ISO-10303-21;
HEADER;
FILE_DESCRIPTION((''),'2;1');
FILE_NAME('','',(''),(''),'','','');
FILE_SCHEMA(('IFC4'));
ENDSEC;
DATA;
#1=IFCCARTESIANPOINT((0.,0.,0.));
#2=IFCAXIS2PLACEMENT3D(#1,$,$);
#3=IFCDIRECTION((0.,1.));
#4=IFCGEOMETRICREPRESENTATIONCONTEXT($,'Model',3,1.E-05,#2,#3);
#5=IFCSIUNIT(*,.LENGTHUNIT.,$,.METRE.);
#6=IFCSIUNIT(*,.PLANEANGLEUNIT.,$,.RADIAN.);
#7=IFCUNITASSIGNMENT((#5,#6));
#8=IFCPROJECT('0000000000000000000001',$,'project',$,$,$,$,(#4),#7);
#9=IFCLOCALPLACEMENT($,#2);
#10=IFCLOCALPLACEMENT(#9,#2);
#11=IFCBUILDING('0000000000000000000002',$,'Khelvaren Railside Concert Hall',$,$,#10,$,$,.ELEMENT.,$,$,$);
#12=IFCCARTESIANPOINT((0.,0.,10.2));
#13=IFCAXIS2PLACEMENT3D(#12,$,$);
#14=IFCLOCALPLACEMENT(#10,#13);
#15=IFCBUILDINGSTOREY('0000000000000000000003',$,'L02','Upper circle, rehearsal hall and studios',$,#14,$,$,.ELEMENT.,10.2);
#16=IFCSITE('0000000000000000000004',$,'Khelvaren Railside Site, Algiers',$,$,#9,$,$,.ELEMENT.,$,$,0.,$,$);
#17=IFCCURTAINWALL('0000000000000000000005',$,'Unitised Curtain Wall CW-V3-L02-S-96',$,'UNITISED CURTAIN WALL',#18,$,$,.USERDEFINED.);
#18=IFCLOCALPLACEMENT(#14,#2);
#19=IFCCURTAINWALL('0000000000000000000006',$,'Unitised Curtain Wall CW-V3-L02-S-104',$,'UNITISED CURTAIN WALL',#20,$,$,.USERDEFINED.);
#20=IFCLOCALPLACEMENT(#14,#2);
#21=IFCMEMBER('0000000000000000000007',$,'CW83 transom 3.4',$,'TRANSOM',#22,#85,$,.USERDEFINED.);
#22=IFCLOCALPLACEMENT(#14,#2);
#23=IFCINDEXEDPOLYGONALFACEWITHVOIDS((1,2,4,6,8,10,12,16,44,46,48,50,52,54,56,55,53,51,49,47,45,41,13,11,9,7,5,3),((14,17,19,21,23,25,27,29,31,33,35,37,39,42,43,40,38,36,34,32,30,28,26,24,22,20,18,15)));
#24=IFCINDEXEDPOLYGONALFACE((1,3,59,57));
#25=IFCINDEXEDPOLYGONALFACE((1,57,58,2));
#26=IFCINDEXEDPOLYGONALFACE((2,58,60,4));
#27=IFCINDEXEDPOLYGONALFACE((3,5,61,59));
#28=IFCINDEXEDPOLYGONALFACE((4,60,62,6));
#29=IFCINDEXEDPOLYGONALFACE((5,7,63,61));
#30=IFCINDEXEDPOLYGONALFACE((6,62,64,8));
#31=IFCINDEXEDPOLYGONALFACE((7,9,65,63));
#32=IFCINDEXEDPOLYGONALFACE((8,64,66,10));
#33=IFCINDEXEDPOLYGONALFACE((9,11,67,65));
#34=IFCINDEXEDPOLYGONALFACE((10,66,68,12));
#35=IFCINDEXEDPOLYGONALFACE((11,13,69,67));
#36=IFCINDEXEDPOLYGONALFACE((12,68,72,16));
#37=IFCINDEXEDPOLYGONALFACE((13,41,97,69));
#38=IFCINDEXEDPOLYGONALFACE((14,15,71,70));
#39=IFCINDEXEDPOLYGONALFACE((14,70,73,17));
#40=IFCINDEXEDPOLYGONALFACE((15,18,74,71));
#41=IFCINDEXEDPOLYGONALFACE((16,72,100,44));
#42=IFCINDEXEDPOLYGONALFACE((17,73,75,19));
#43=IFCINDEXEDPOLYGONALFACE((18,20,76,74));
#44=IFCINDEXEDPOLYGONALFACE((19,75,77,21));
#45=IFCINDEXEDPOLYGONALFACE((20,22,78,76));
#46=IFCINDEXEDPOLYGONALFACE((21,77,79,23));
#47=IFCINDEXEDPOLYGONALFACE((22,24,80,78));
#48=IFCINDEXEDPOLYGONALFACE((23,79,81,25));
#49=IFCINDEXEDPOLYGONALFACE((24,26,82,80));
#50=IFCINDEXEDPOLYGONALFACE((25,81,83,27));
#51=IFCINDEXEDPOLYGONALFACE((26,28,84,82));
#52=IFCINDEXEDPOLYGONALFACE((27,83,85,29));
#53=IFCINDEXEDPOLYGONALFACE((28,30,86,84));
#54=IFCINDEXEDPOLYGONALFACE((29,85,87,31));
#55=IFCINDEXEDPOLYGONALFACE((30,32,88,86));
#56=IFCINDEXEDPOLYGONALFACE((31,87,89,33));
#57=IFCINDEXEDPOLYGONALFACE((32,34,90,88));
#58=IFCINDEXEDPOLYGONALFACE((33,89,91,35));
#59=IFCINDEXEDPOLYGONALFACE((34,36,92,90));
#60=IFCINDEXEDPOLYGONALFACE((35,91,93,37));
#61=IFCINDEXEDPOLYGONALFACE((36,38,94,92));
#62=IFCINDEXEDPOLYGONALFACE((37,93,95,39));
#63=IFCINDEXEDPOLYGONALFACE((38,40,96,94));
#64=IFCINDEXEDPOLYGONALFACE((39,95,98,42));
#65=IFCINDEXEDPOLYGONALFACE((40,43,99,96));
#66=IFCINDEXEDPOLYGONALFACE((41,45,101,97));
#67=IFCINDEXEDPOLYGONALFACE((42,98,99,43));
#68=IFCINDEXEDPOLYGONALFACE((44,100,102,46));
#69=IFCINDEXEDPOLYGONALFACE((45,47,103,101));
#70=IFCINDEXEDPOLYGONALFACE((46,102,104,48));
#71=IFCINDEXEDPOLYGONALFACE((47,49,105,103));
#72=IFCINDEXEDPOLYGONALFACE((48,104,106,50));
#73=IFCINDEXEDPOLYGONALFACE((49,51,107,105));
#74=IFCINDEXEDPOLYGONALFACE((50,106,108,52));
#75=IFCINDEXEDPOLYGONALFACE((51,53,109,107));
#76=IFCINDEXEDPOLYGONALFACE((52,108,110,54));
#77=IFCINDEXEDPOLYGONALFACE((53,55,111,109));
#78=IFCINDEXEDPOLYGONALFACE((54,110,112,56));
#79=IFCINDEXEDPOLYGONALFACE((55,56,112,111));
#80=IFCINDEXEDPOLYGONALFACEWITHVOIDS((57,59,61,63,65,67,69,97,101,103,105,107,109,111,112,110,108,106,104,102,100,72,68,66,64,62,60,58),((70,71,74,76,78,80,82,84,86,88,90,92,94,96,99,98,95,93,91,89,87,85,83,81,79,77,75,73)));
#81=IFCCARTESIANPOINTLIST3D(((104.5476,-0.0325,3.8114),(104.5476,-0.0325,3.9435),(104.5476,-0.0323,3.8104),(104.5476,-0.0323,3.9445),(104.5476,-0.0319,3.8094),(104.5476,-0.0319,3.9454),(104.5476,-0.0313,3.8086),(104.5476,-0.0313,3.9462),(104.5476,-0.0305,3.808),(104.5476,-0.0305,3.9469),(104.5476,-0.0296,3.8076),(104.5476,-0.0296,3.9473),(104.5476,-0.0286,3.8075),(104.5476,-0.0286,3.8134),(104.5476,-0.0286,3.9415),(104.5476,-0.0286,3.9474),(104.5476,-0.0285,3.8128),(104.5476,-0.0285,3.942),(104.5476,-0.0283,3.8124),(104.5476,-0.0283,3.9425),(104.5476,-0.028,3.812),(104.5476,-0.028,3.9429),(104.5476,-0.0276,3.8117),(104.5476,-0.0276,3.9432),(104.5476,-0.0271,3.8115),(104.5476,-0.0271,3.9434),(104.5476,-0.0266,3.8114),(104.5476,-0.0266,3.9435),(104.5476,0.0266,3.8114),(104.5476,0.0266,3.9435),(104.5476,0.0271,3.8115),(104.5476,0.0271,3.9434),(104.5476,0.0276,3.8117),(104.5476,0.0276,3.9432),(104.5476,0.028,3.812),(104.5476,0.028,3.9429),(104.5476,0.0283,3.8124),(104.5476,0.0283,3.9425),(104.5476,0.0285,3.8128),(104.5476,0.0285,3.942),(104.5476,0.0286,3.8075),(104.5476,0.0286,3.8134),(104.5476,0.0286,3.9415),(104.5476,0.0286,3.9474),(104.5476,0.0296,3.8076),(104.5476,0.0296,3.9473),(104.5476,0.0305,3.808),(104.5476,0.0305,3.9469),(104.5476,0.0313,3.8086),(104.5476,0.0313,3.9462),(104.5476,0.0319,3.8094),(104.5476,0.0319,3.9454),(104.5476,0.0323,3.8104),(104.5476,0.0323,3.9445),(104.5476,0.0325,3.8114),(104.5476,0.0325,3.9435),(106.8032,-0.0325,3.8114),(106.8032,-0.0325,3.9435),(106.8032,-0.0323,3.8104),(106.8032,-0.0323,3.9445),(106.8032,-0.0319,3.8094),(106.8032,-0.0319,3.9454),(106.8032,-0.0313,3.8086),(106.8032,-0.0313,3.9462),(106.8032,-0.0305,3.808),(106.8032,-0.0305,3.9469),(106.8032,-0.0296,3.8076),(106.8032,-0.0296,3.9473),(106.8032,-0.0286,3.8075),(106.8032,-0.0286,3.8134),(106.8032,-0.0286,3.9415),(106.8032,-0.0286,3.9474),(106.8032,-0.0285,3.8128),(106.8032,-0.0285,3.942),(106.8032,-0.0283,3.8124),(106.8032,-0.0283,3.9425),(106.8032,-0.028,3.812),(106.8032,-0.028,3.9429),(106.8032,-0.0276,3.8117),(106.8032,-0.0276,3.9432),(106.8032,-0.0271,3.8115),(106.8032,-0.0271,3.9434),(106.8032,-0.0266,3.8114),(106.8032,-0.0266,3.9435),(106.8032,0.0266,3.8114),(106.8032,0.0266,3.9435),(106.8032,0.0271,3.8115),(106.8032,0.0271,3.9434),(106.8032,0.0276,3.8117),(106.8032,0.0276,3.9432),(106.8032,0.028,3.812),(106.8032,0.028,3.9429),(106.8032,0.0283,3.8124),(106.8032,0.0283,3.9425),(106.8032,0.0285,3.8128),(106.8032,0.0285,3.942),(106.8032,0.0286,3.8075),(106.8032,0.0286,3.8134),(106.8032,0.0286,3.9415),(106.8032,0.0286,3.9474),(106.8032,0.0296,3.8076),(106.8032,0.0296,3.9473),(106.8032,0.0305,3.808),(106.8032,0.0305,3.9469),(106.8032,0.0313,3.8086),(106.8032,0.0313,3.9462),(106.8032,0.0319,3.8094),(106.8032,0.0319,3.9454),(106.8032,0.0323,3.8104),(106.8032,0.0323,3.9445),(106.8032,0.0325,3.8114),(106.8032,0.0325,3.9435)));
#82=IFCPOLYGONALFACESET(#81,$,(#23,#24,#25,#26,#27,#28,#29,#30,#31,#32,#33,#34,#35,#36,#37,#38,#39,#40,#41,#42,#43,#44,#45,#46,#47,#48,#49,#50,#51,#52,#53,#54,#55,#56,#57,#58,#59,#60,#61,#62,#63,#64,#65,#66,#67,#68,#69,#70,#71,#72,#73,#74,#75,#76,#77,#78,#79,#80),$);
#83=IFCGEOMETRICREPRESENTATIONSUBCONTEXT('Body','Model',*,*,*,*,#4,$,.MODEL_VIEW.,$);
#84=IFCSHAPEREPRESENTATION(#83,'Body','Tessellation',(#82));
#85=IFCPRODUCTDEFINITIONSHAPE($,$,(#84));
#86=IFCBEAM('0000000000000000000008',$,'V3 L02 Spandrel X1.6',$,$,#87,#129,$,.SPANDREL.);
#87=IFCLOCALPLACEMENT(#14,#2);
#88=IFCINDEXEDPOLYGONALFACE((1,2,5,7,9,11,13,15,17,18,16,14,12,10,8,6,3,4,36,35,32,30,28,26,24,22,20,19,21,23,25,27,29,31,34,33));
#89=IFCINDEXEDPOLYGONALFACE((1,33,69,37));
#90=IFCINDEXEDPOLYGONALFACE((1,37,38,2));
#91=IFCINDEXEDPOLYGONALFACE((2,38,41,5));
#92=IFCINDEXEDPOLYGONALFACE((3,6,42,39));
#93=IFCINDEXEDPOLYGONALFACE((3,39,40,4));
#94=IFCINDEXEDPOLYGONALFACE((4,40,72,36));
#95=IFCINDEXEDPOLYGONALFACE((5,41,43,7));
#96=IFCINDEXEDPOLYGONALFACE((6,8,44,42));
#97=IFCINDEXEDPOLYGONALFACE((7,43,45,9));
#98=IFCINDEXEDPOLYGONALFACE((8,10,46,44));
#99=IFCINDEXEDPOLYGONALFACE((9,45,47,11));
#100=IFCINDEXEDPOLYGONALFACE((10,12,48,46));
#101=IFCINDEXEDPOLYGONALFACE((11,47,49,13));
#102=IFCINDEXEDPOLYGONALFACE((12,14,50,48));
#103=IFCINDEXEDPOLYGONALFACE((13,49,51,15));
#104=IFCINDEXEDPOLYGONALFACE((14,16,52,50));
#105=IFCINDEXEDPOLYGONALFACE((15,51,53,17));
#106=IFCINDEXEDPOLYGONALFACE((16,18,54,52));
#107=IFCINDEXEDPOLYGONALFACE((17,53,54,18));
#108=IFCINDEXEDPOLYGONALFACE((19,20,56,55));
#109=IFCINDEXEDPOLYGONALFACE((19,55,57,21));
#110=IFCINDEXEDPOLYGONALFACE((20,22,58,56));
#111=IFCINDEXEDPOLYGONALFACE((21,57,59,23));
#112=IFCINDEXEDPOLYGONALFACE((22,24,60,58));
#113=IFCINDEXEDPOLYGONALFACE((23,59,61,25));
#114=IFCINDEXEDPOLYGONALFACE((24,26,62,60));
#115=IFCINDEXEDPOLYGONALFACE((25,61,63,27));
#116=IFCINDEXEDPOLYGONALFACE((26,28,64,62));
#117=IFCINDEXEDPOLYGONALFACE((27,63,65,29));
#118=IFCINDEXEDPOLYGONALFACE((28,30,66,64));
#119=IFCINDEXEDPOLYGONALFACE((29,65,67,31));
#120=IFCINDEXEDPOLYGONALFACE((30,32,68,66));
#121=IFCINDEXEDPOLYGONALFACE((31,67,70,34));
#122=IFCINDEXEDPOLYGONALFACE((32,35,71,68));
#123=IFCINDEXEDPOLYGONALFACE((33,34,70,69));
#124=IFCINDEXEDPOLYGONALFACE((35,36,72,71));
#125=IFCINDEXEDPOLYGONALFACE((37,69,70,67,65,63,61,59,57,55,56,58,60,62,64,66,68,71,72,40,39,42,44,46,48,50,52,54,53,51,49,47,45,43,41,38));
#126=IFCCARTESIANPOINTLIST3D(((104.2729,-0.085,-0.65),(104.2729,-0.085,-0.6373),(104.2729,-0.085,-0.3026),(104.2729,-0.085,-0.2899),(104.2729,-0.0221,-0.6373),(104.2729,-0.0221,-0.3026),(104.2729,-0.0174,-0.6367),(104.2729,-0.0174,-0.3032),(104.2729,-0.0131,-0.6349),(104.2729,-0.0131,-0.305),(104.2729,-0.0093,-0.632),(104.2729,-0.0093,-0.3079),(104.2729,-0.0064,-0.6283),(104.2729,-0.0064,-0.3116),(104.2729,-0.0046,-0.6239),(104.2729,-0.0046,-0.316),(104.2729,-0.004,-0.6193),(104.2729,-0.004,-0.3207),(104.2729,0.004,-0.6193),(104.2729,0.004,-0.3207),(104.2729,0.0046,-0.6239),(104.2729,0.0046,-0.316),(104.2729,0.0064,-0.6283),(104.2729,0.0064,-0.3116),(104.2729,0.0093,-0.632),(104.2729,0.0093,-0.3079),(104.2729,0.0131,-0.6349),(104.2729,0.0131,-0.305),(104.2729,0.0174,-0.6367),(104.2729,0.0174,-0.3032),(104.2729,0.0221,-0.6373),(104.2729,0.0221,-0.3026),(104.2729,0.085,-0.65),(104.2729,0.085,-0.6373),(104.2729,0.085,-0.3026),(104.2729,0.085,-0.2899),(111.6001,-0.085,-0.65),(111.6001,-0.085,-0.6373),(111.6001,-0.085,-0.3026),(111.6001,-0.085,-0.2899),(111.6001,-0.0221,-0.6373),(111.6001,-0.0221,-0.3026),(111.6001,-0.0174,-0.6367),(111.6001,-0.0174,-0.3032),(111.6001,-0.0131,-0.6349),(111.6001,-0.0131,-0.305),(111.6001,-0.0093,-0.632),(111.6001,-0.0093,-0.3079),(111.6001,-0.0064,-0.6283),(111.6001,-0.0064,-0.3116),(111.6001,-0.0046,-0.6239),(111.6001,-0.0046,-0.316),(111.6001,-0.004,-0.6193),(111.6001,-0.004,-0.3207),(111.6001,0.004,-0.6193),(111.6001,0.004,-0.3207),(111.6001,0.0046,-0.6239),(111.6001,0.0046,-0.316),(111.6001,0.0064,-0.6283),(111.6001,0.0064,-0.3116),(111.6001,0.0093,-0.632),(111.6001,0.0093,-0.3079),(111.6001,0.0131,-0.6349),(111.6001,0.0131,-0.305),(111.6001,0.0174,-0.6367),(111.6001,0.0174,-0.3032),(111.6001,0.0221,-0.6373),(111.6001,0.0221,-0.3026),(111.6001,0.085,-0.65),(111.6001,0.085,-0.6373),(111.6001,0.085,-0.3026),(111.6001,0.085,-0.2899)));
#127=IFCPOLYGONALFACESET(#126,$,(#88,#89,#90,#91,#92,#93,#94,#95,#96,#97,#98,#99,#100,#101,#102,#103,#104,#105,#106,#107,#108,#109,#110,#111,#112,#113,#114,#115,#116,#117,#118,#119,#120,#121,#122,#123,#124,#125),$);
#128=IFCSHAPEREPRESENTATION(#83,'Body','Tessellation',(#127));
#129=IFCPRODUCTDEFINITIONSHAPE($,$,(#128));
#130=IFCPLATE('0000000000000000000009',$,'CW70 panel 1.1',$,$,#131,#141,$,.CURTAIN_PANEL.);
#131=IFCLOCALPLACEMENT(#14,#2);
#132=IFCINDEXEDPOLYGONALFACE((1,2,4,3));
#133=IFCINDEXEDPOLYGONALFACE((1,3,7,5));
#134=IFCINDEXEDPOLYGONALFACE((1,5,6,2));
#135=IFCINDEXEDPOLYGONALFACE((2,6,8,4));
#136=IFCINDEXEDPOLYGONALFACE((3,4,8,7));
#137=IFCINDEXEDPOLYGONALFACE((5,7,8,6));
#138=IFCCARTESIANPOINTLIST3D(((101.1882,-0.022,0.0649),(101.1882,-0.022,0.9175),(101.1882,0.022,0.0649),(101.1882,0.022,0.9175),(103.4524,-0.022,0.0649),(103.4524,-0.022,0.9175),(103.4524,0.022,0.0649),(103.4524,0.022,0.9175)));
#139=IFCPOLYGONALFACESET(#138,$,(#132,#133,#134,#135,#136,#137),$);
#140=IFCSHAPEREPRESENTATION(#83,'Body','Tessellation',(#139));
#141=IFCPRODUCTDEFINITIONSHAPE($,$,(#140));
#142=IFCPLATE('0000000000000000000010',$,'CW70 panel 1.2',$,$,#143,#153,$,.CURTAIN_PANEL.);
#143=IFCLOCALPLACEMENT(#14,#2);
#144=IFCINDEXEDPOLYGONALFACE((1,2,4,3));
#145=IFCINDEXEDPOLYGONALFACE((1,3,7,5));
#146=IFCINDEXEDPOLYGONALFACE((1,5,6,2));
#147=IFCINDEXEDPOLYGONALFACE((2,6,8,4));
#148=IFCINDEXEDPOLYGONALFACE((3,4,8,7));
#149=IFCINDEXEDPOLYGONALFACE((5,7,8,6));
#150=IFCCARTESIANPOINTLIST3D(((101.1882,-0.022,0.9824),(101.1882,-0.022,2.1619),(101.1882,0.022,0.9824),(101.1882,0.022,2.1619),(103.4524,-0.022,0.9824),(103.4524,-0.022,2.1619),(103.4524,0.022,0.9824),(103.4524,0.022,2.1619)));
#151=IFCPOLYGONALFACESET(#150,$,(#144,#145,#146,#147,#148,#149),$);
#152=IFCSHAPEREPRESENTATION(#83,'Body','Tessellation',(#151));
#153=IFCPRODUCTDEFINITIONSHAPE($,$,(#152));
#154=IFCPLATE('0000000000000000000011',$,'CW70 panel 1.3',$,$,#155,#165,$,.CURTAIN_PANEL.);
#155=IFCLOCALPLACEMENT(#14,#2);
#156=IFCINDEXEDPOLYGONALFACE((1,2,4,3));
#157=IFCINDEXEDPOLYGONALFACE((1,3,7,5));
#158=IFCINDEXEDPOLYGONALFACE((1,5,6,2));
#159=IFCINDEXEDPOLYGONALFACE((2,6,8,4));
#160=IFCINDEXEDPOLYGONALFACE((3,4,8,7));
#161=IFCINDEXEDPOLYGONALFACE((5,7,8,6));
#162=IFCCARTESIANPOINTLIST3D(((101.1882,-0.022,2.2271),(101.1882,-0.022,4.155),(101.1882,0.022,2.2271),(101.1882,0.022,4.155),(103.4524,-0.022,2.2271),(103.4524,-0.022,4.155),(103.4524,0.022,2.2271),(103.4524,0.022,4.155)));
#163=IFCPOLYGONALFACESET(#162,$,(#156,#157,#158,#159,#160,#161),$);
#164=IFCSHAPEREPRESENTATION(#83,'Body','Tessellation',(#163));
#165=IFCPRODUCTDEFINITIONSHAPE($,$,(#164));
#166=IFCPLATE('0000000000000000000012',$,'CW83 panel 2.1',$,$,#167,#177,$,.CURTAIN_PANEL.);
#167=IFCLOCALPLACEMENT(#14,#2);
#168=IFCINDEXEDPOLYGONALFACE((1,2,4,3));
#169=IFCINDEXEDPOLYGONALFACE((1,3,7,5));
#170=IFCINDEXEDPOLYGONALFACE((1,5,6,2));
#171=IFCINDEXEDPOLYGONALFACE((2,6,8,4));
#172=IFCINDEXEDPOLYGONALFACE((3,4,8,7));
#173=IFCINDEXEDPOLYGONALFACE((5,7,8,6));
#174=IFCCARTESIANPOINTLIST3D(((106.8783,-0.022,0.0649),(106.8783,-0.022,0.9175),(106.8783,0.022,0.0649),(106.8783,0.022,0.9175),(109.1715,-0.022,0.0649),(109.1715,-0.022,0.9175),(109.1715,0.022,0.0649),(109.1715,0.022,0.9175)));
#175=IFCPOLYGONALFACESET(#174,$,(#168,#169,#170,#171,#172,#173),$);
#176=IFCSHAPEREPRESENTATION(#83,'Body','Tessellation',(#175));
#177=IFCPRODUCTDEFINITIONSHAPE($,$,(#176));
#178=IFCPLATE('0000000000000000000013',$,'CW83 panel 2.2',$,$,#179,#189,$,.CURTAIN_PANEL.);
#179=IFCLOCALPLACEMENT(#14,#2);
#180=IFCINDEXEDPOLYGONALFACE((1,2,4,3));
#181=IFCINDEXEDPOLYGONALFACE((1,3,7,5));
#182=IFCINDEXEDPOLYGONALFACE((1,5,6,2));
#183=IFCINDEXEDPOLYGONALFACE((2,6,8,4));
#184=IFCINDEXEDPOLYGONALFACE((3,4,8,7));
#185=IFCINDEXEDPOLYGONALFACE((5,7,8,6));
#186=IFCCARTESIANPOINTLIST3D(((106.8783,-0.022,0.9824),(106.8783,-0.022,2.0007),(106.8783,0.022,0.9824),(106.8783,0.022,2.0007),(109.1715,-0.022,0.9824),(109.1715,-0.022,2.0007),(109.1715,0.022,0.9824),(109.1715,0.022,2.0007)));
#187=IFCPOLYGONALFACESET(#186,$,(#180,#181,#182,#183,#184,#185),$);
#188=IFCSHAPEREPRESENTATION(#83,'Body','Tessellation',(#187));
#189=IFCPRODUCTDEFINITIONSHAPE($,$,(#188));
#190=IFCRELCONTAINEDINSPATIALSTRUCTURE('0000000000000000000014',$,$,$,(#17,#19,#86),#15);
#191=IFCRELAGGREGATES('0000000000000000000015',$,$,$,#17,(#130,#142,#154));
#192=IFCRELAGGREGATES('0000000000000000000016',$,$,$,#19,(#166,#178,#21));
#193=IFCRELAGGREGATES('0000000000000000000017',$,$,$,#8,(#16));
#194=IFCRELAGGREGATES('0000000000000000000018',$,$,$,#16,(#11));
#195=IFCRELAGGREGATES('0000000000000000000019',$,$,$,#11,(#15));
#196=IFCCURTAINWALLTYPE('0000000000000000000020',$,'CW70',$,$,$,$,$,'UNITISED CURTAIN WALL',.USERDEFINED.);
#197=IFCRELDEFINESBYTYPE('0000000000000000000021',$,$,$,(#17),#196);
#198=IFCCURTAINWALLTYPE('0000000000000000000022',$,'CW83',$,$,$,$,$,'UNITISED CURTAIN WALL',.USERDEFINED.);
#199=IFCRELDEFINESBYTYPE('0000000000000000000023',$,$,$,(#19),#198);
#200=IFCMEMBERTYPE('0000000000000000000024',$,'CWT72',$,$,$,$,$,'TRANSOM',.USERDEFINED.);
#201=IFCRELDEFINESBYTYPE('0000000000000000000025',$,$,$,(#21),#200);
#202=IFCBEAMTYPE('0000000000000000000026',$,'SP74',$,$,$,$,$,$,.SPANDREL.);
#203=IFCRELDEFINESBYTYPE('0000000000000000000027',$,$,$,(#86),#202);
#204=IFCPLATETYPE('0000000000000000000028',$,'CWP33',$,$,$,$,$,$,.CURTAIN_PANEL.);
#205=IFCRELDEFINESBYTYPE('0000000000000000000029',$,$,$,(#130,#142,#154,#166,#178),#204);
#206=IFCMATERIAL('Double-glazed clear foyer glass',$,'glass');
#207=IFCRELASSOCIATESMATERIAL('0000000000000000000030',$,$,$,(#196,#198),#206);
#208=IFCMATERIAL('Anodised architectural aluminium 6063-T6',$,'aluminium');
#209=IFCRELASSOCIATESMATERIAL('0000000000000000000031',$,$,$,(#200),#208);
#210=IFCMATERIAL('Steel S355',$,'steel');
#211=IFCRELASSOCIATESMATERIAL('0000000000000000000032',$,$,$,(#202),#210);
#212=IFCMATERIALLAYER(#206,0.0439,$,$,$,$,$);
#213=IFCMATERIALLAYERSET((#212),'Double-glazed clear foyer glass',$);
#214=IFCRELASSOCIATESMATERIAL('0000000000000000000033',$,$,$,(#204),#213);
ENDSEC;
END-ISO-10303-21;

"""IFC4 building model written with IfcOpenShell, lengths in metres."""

from ifc_helpers import new_model, si_unit, direction, frame, origin, origin_2d, place, context, subcontext, project, spatial, rectangle, hollow_rectangle, i_section, extrude, material, layer, layer_set, material_profile, profile_set, type_object, element, aggregate, save


model = new_model("IFC4")

# Units and contexts
model_context = context("Model", 3, precision=1e-05, world=origin(), true_north=direction((0.0, 1.0)))
body_context = subcontext(model_context, "Body", "Model", "MODEL_VIEW")
ifc_project = project(units=[si_unit("LENGTHUNIT", "METRE"), si_unit("PLANEANGLEUNIT", "RADIAN")], contexts=[model_context])

# Site, building, storey
site_placement = place(None, origin())
site = spatial("IfcSite", under=ifc_project, at=site_placement, Name="Khelvaren Railside Site, Algiers", CompositionType="ELEMENT", RefElevation=0.0)
building_placement = place(site_placement, origin())
building = spatial("IfcBuilding", under=site, at=building_placement, Name="Khelvaren Railside Concert Hall", CompositionType="ELEMENT")
storey_placement = place(building_placement, frame((0.0, 0.0, 10.2)))
storey = spatial("IfcBuildingStorey", under=building, at=storey_placement, Name="L02", Description="Upper circle, rehearsal hall and studios", CompositionType="ELEMENT", Elevation=10.2)

# Curtain walls
ifc_material_1 = material(Name="Double-glazed clear foyer glass", Category="glass")
curtain_wall_type_1 = type_object("IfcCurtainWallType", Name="CW70", ElementType="UNITISED CURTAIN WALL", PredefinedType="USERDEFINED", material=ifc_material_1)
curtain_wall_1_placement = place(storey_placement, origin())
curtain_wall_1 = element("IfcCurtainWall", 1, at=curtain_wall_1_placement, inside=storey, type_object=curtain_wall_type_1, Name="Unitised Curtain Wall CW-V3-L02-S-96", ObjectType="UNITISED CURTAIN WALL", PredefinedType="USERDEFINED")
ifc_material_2 = material(Name="Anodised architectural aluminium 6063-T6", Category="aluminium")
curtain_wall_type_2 = type_object("IfcCurtainWallType", Name="CW83", ElementType="UNITISED CURTAIN WALL", PredefinedType="USERDEFINED", material=ifc_material_1)
curtain_wall_2_placement = place(storey_placement, origin())
curtain_wall_2 = element("IfcCurtainWall", 2, at=curtain_wall_2_placement, inside=storey, type_object=curtain_wall_type_2, Name="Unitised Curtain Wall CW-V3-L02-S-104", ObjectType="UNITISED CURTAIN WALL", PredefinedType="USERDEFINED")

# Member
ifc_material_profile_1 = material_profile(ifc_material_2, hollow_rectangle(XDim=0.0649, YDim=0.1399, WallThickness=0.0039, InnerFilletRadius=0.002, OuterFilletRadius=0.0039, at=origin_2d()), Name="CWT 65x140x4")
ifc_profile_set_1 = profile_set([ifc_material_profile_1], Name="Anodised architectural aluminium 6063-T6")
member_type_1 = type_object("IfcMemberType", Name="CWT72", ElementType="TRANSOM", PredefinedType="USERDEFINED", material=ifc_profile_set_1)
member_1_placement = place(storey_placement, frame((106.8032, 0.0, 3.8774), z_axis=(-1.0, 0.0, 0.0), x_axis=(0.0, -1.0, 0.0)))
member_1 = element("IfcMember", 3, at=member_1_placement, type_object=member_type_1, Name="CW83 transom 3.4", ObjectType="TRANSOM", PredefinedType="USERDEFINED", context=body_context, shape_type="SweptSolid", body=[
    extrude(hollow_rectangle(XDim=0.0649, YDim=0.1399, WallThickness=0.0039, InnerFilletRadius=0.002, OuterFilletRadius=0.0039, at=origin_2d()), origin(), (0.0, 0.0, 1.0), 2.2556),
])

# Beam
ifc_material_3 = material(Name="Steel S355", Category="steel")
ifc_material_profile_2 = material_profile(ifc_material_3, i_section(OverallWidth=0.1699, OverallDepth=0.3601, WebThickness=0.0081, FlangeThickness=0.0127, FilletRadius=0.0181, at=origin_2d()), Name="IPE 360")
ifc_profile_set_2 = profile_set([ifc_material_profile_2], Name="Steel S355")
beam_type = type_object("IfcBeamType", Name="SP74", PredefinedType="SPANDREL", material=ifc_profile_set_2)
beam_placement = place(storey_placement, frame((104.2729, 0.0, -0.47), z_axis=(1.0, 0.0, 0.0), x_axis=(0.0, 1.0, 0.0)))
element("IfcBeam", 4, at=beam_placement, inside=storey, type_object=beam_type, Name="V3 L02 Spandrel X1.6", PredefinedType="SPANDREL", context=body_context, shape_type="SweptSolid", body=[
    extrude(i_section(OverallWidth=0.1699, OverallDepth=0.3601, WebThickness=0.0081, FlangeThickness=0.0127, FilletRadius=0.0181, at=origin_2d()), origin(), (0.0, 0.0, 1.0), 7.3271),
])

# Plates
ifc_layer = layer(ifc_material_1, 0.0439)
ifc_layer_set = layer_set([ifc_layer], Name="Double-glazed clear foyer glass")
plate_type = type_object("IfcPlateType", Name="CWP33", PredefinedType="CURTAIN_PANEL", material=ifc_layer_set)
plate_1_placement = place(storey_placement, frame((102.3203, 0.0, 0.0649), z_axis=(0.0, 0.0, 1.0), x_axis=(-1.0, 0.0, 0.0)))
plate_1 = element("IfcPlate", 5, at=plate_1_placement, type_object=plate_type, Name="CW70 panel 1.1", PredefinedType="CURTAIN_PANEL", context=body_context, shape_type="SweptSolid", body=[
    extrude(rectangle(XDim=2.2642, YDim=0.0439, at=origin_2d()), origin(), (0.0, 0.0, 1.0), 0.8525),
])
plate_2_placement = place(storey_placement, frame((102.3203, 0.0, 0.9824), z_axis=(0.0, 0.0, 1.0), x_axis=(-1.0, 0.0, 0.0)))
plate_2 = element("IfcPlate", 6, at=plate_2_placement, type_object=plate_type, Name="CW70 panel 1.2", PredefinedType="CURTAIN_PANEL", context=body_context, shape_type="SweptSolid", body=[
    extrude(rectangle(XDim=2.2642, YDim=0.0439, at=origin_2d()), origin(), (0.0, 0.0, 1.0), 1.1794),
])
plate_3_placement = place(storey_placement, frame((102.3203, 0.0, 2.2271), z_axis=(0.0, 0.0, 1.0), x_axis=(-1.0, 0.0, 0.0)))
plate_3 = element("IfcPlate", 7, at=plate_3_placement, type_object=plate_type, Name="CW70 panel 1.3", PredefinedType="CURTAIN_PANEL", context=body_context, shape_type="SweptSolid", body=[
    extrude(rectangle(XDim=2.2642, YDim=0.0439, at=origin_2d()), origin(), (0.0, 0.0, 1.0), 1.928),
])
aggregate(curtain_wall_1, [plate_1, plate_2, plate_3])
plate_4_placement = place(storey_placement, frame((108.0249, 0.0, 0.0649), z_axis=(0.0, 0.0, 1.0), x_axis=(-1.0, 0.0, 0.0)))
plate_4 = element("IfcPlate", 8, at=plate_4_placement, type_object=plate_type, Name="CW83 panel 2.1", PredefinedType="CURTAIN_PANEL", context=body_context, shape_type="SweptSolid", body=[
    extrude(rectangle(XDim=2.2932, YDim=0.0439, at=origin_2d()), origin(), (0.0, 0.0, 1.0), 0.8525),
])
plate_5_placement = place(storey_placement, frame((108.0249, 0.0, 0.9824), z_axis=(0.0, 0.0, 1.0), x_axis=(-1.0, 0.0, 0.0)))
plate_5 = element("IfcPlate", 9, at=plate_5_placement, type_object=plate_type, Name="CW83 panel 2.2", PredefinedType="CURTAIN_PANEL", context=body_context, shape_type="SweptSolid", body=[
    extrude(rectangle(XDim=2.2932, YDim=0.0439, at=origin_2d()), origin(), (0.0, 0.0, 1.0), 1.0183),
])
aggregate(curtain_wall_2, [plate_4, plate_5, member_1])

save(model, "model.ifc")
